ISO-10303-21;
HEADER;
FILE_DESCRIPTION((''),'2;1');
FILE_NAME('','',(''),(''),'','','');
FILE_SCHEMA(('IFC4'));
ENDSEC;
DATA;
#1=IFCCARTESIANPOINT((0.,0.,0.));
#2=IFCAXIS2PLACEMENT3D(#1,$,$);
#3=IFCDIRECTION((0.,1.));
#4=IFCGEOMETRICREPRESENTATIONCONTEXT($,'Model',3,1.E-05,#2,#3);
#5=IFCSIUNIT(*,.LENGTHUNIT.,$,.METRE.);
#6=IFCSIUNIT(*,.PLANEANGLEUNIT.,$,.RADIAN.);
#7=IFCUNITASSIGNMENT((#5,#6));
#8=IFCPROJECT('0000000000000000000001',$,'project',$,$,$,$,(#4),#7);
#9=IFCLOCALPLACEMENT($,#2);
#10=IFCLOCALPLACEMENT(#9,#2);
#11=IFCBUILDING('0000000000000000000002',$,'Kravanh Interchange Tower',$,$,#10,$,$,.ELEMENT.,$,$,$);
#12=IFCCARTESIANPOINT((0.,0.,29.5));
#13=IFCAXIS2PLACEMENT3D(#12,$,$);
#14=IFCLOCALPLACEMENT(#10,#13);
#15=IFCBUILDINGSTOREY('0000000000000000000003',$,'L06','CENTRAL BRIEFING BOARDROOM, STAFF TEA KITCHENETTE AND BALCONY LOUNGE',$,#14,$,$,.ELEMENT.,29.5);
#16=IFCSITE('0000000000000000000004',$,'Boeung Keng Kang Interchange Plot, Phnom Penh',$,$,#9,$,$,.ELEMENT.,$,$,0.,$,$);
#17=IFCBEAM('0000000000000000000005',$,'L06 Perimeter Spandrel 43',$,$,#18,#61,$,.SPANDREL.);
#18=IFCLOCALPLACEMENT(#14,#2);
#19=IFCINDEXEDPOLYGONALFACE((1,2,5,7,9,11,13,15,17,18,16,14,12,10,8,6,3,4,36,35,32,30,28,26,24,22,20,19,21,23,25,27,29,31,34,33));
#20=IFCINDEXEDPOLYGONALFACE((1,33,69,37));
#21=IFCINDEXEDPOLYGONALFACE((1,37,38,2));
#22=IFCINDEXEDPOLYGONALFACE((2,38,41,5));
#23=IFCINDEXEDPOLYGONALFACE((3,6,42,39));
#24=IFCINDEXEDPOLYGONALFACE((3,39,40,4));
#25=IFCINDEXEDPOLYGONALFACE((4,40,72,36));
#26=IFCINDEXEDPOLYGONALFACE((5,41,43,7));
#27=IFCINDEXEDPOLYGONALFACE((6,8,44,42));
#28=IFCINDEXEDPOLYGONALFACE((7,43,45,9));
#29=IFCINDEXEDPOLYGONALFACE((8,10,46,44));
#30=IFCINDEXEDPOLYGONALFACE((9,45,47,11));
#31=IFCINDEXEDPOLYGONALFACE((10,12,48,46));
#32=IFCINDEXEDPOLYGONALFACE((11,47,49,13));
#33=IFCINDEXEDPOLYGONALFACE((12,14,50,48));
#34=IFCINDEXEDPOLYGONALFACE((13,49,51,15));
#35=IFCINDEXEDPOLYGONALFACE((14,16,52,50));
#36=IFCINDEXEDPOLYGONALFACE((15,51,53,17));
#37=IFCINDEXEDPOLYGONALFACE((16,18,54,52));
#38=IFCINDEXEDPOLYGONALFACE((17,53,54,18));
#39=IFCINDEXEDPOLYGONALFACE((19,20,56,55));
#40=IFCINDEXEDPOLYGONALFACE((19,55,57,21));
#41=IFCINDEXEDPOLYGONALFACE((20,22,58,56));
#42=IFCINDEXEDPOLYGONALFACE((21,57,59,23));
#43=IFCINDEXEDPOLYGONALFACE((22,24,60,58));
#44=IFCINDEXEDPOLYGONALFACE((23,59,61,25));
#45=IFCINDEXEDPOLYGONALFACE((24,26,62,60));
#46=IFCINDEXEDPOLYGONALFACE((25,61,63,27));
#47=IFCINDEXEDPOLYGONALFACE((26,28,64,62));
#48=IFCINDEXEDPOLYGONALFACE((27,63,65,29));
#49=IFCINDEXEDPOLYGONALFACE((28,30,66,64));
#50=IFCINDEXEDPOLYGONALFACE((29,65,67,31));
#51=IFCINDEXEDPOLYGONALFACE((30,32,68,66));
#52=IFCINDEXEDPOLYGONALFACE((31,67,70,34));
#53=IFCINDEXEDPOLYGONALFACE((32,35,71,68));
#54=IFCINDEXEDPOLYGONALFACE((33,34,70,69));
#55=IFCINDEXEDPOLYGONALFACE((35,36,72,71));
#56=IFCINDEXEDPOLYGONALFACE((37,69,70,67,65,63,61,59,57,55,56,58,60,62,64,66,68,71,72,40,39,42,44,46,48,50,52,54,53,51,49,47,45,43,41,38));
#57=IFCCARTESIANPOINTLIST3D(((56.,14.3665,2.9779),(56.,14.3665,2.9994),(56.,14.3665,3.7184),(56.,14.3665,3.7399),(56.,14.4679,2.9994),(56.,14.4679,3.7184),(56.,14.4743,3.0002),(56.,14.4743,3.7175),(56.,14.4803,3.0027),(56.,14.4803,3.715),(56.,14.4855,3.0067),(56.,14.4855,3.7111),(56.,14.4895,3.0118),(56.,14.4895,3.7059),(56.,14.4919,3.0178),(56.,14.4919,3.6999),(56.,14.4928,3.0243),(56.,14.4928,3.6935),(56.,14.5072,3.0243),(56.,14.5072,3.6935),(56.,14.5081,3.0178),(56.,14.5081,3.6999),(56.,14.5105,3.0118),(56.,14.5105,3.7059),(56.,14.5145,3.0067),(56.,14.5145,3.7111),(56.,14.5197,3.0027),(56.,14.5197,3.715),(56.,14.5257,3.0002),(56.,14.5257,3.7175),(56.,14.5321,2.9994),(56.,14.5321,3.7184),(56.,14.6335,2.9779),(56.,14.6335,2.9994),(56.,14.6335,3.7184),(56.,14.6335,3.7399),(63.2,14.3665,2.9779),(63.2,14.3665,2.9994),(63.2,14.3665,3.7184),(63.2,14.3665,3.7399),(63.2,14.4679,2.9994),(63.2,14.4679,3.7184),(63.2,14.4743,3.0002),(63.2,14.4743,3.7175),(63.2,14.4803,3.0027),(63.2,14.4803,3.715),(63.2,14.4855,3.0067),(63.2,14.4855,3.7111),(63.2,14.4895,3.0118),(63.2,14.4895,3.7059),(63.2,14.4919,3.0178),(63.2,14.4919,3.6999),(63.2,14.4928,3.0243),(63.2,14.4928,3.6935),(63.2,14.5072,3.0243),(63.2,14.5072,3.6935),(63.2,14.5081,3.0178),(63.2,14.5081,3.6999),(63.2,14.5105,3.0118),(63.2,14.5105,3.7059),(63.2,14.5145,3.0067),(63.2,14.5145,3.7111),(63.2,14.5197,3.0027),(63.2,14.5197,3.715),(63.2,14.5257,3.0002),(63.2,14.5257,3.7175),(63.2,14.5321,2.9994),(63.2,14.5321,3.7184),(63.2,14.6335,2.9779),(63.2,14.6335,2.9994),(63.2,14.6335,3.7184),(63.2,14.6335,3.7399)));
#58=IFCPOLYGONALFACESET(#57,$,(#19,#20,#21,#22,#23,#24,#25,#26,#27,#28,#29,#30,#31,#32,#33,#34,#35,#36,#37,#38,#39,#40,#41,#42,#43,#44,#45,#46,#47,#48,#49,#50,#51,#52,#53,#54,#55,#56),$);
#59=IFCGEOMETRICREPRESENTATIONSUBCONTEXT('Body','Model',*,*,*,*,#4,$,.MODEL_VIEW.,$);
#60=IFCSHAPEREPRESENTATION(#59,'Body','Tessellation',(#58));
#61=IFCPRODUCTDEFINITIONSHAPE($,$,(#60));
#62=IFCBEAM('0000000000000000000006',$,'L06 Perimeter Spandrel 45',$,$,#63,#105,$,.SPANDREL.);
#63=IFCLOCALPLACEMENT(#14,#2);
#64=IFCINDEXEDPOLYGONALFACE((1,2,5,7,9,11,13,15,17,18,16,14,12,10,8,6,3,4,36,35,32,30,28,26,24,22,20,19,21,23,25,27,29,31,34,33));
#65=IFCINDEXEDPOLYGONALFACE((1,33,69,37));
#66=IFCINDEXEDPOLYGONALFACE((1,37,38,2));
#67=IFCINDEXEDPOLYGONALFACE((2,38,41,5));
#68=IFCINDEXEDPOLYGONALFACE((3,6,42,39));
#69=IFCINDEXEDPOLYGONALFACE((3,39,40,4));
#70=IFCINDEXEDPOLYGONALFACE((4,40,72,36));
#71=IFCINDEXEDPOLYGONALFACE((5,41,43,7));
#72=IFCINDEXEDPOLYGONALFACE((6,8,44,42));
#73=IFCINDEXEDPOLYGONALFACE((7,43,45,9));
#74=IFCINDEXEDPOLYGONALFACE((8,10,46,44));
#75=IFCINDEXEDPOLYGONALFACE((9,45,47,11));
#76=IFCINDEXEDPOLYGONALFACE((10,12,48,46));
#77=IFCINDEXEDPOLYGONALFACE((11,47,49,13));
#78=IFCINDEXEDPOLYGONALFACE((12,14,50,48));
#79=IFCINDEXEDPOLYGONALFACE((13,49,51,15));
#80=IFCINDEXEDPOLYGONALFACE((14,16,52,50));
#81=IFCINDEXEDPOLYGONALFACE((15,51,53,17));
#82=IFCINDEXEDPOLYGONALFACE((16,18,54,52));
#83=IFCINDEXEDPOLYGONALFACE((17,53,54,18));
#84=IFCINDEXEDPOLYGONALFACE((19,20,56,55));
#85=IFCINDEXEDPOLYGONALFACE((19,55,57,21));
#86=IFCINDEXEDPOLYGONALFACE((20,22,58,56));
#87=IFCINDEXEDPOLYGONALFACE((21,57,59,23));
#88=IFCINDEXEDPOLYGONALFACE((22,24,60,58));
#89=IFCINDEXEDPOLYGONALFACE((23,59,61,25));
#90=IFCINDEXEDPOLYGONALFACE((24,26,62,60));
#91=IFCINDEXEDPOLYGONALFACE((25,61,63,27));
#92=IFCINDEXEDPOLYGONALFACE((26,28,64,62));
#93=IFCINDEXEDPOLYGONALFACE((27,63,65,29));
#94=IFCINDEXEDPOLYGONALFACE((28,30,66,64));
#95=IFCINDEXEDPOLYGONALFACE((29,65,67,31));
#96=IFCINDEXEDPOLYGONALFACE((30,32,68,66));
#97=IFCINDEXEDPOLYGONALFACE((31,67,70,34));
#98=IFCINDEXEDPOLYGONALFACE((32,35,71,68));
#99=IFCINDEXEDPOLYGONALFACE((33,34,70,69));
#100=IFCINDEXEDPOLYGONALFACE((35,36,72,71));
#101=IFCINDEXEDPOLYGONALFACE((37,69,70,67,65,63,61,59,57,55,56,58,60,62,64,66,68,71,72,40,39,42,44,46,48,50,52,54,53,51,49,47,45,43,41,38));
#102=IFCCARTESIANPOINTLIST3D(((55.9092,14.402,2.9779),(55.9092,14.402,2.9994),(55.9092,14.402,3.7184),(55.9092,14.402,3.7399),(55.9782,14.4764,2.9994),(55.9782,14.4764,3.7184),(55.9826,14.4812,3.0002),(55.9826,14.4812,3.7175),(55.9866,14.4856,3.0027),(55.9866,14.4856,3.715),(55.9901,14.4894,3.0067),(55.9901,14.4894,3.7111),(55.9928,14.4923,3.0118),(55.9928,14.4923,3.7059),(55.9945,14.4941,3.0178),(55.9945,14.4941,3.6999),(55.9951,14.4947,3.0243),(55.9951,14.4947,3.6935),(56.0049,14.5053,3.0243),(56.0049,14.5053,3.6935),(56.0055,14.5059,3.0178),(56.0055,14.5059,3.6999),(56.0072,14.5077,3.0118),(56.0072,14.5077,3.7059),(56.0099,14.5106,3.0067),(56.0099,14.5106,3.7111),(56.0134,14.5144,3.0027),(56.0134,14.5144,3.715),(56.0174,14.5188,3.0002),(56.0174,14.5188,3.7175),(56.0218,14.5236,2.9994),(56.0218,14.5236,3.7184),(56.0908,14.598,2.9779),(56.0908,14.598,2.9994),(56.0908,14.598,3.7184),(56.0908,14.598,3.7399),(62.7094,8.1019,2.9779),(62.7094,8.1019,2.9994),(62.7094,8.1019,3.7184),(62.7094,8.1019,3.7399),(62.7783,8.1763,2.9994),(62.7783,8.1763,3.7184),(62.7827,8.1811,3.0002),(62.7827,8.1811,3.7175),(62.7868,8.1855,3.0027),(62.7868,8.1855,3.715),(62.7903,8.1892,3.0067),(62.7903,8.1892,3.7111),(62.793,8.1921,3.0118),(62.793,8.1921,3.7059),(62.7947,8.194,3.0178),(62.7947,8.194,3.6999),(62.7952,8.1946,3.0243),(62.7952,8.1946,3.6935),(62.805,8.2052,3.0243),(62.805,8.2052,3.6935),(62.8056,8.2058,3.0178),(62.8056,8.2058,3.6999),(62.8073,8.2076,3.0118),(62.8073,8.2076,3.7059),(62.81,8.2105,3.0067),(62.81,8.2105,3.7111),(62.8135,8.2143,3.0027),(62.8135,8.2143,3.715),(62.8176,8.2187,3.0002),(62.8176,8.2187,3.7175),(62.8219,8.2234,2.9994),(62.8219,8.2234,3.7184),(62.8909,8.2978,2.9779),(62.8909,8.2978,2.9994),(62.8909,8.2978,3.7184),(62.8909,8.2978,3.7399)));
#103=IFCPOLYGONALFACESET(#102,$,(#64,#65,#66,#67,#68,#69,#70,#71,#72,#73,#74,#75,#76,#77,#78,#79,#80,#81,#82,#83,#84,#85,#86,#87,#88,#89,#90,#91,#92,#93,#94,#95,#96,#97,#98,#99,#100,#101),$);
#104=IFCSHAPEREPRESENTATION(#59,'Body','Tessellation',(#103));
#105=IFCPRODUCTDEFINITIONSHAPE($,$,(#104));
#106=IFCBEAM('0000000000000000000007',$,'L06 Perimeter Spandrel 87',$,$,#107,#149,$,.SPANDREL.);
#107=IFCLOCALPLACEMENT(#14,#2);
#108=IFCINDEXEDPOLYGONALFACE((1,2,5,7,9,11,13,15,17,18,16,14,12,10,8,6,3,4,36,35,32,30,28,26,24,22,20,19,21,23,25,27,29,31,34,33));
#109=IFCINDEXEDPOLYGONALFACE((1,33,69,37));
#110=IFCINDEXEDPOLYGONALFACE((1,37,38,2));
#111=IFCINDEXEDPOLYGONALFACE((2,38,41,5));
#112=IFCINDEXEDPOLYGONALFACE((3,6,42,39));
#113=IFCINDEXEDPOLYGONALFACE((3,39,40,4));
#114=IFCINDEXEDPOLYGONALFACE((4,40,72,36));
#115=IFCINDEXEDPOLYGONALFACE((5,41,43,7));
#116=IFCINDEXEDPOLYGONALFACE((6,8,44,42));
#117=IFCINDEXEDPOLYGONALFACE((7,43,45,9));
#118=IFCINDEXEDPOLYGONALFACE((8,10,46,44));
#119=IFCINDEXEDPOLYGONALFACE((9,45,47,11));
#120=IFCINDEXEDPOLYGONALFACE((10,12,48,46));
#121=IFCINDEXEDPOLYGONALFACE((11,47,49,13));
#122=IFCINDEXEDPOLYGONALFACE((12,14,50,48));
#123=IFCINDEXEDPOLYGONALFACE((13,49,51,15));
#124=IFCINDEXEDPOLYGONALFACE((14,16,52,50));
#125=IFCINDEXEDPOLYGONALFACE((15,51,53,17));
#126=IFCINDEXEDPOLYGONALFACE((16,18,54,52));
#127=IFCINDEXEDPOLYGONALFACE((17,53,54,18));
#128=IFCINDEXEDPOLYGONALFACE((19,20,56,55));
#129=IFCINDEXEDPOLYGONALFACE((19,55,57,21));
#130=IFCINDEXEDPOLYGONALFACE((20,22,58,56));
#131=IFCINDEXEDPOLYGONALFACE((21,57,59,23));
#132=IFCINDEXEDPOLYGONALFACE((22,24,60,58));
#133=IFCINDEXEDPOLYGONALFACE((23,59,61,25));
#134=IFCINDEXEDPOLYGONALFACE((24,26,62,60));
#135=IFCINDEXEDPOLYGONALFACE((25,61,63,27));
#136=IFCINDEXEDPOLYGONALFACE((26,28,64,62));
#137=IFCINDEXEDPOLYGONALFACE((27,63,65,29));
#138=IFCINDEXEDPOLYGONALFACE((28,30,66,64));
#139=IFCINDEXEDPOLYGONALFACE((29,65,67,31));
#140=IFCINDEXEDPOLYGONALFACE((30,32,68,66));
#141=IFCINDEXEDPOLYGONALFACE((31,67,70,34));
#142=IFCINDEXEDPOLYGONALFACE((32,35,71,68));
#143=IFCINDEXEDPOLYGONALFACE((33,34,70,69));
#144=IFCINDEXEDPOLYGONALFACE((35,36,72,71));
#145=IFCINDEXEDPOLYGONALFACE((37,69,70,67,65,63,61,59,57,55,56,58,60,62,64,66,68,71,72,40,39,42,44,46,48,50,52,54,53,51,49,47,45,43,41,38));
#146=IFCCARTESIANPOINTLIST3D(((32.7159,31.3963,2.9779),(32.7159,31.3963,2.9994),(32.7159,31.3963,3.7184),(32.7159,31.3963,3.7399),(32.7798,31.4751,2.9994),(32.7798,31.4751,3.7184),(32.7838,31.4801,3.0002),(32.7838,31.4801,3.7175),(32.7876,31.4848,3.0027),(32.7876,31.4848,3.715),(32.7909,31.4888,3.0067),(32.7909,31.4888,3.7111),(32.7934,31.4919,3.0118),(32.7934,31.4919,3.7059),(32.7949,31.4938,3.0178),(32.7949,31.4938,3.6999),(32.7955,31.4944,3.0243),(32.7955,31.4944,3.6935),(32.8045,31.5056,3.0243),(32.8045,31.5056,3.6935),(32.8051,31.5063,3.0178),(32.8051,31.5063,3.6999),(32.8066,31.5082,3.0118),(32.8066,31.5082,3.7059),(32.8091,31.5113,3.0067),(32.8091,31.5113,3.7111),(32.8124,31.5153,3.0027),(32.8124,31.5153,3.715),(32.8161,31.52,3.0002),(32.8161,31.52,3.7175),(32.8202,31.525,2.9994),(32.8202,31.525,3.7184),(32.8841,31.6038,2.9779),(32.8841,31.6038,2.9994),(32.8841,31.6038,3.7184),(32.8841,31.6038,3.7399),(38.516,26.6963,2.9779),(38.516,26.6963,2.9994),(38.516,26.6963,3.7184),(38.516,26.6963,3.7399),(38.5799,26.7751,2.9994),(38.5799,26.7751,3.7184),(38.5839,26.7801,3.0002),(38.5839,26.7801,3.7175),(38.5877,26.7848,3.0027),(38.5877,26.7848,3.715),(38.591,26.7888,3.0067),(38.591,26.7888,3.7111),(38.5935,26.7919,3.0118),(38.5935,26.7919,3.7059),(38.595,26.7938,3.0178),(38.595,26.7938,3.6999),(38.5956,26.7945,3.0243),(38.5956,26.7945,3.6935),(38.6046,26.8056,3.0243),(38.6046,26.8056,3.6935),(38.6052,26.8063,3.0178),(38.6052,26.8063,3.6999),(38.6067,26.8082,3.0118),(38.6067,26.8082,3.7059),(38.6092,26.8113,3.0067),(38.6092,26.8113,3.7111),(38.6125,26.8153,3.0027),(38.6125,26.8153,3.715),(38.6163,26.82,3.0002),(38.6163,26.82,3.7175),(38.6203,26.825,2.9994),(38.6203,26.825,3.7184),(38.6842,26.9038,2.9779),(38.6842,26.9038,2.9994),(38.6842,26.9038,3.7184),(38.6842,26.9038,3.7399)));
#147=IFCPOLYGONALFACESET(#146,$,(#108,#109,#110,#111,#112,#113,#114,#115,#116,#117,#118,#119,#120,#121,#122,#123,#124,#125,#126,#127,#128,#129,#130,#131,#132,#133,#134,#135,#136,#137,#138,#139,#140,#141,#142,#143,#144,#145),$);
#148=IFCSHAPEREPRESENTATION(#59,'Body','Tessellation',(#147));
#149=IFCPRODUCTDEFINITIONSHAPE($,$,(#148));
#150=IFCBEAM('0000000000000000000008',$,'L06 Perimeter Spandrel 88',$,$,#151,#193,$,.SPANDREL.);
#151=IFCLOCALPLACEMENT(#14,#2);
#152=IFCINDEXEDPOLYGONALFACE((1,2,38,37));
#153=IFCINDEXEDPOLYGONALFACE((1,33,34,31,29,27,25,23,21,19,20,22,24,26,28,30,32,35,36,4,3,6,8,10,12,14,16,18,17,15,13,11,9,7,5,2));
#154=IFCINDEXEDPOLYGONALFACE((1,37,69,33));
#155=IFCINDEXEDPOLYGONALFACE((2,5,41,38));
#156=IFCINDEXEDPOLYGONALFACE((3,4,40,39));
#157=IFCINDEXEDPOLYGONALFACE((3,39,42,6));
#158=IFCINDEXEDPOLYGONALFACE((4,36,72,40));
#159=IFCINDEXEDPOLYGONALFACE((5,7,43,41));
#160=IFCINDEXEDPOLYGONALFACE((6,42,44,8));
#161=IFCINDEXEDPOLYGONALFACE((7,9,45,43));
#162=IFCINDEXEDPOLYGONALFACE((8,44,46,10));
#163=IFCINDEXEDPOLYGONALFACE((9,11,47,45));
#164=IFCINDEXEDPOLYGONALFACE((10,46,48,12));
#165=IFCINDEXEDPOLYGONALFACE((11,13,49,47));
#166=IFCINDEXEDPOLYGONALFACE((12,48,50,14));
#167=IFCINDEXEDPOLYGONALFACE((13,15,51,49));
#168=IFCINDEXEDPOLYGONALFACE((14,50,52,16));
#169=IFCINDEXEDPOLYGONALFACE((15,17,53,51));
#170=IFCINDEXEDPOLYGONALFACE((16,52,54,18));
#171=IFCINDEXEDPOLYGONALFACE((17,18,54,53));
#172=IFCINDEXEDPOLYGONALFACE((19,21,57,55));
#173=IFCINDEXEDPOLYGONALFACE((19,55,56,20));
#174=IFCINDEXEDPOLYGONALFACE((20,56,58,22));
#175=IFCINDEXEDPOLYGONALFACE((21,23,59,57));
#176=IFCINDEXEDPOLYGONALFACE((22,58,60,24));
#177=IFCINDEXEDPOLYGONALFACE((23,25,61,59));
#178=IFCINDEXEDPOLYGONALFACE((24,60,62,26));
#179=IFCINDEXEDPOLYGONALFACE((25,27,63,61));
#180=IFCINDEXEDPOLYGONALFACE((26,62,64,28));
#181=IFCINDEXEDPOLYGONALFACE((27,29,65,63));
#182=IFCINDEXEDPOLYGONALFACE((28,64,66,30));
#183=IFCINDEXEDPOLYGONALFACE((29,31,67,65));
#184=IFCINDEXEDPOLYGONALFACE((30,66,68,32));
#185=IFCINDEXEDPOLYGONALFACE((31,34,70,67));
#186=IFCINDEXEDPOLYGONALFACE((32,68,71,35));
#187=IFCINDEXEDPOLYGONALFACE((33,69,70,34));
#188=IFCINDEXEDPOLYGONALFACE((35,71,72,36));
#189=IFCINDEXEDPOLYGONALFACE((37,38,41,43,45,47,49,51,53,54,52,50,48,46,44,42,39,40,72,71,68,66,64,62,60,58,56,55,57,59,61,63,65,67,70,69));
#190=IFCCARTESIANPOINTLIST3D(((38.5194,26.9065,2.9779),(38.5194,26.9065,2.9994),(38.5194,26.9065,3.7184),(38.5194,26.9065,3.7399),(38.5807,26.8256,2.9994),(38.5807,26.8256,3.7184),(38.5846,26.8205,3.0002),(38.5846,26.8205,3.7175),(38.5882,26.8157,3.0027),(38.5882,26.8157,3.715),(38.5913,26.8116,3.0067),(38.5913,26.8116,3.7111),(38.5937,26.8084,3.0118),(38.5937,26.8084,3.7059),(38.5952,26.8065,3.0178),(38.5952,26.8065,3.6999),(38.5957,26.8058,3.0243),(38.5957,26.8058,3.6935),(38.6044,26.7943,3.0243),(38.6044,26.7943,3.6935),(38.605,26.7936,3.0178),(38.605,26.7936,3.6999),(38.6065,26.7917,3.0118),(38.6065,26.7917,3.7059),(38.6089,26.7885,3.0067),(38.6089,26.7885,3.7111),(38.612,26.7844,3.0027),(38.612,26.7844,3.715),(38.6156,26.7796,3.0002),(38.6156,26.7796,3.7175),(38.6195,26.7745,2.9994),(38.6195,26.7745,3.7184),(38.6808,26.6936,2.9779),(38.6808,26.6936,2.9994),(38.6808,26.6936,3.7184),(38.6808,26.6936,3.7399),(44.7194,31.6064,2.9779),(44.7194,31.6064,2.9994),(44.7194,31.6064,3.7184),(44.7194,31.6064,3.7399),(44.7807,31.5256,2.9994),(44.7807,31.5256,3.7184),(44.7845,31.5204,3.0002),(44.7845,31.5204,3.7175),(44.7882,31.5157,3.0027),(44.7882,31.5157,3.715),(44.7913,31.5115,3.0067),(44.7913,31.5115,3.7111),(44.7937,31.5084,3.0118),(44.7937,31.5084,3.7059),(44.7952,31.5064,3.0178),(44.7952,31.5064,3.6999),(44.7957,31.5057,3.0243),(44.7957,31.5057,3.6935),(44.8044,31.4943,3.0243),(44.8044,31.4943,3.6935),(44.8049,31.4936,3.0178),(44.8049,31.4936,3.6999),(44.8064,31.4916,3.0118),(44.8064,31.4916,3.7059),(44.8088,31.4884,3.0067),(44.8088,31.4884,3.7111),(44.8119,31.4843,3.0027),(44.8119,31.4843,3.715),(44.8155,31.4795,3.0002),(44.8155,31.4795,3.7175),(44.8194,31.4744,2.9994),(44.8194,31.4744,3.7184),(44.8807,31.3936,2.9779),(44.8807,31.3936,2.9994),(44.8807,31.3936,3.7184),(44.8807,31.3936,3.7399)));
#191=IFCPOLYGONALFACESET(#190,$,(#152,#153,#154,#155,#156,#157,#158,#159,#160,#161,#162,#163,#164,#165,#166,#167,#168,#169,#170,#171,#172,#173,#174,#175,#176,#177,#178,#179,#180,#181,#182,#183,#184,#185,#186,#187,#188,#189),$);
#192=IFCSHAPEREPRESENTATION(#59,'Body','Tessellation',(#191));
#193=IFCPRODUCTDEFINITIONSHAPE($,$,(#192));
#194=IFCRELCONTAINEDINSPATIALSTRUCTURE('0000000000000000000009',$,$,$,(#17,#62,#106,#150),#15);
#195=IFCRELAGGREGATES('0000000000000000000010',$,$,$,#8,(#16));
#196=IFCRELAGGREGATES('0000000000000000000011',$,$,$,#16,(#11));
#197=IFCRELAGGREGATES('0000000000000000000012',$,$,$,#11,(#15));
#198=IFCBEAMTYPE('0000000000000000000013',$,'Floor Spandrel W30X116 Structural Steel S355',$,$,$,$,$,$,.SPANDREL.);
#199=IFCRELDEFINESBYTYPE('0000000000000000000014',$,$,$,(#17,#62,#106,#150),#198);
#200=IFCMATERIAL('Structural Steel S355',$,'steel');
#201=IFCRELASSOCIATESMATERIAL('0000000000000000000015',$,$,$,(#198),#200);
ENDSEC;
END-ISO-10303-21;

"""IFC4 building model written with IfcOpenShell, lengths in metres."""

from ifc_helpers import new_model, si_unit, direction, frame, origin, origin_2d, place, context, subcontext, project, spatial, i_section, extrude, material, material_profile, profile_set, type_object, element, save


model = new_model("IFC4")

# Units and contexts
model_context = context("Model", 3, precision=1e-05, world=origin(), true_north=direction((0.0, 1.0)))
body_context = subcontext(model_context, "Body", "Model", "MODEL_VIEW")
ifc_project = project(units=[si_unit("LENGTHUNIT", "METRE"), si_unit("PLANEANGLEUNIT", "RADIAN")], contexts=[model_context])

# Site, building, storey
site_placement = place(None, origin())
site = spatial("IfcSite", under=ifc_project, at=site_placement, Name="Boeung Keng Kang Interchange Plot, Phnom Penh", CompositionType="ELEMENT", RefElevation=0.0)
building_placement = place(site_placement, origin())
building = spatial("IfcBuilding", under=site, at=building_placement, Name="Kravanh Interchange Tower", CompositionType="ELEMENT")
storey_placement = place(building_placement, frame((0.0, 0.0, 29.5)))
storey = spatial("IfcBuildingStorey", under=building, at=storey_placement, Name="L06", Description="CENTRAL BRIEFING BOARDROOM, STAFF TEA KITCHENETTE AND BALCONY LOUNGE", CompositionType="ELEMENT", Elevation=29.5)

# Beams
ifc_material_1 = material(Name="Structural Steel S355", Category="steel")
ifc_material_profile_1 = material_profile(ifc_material_1, i_section(OverallWidth=0.2671, OverallDepth=0.762, WebThickness=0.0144, FlangeThickness=0.0215, FilletRadius=0.0249, at=origin_2d()), Name="W30X116")
ifc_profile_set_1 = profile_set([ifc_material_profile_1], Name="Structural Steel S355")
beam_type_1 = type_object("IfcBeamType", Name="Floor Spandrel W30X116 Structural Steel S355", PredefinedType="SPANDREL", material=ifc_profile_set_1)
beam_1_placement = place(storey_placement, frame((56.0, 14.5, 3.3589), z_axis=(1.0, 0.0, 0.0), x_axis=(0.0, 1.0, 0.0)))
element("IfcBeam", 1, at=beam_1_placement, inside=storey, type_object=beam_type_1, Name="L06 Perimeter Spandrel 43", PredefinedType="SPANDREL", context=body_context, shape_type="SweptSolid", body=[
    extrude(i_section(OverallWidth=0.2671, OverallDepth=0.762, WebThickness=0.0144, FlangeThickness=0.0215, FilletRadius=0.0249, at=origin_2d()), origin(), (0.0, 0.0, 1.0), 7.2),
])
beam_2_placement = place(storey_placement, frame((56.0, 14.5, 3.3589), z_axis=(0.733561, -0.679623, 0.0), x_axis=(0.679623, 0.733561, 0.0)))
element("IfcBeam", 2, at=beam_2_placement, inside=storey, type_object=beam_type_1, Name="L06 Perimeter Spandrel 45", PredefinedType="SPANDREL", context=body_context, shape_type="SweptSolid", body=[
    extrude(i_section(OverallWidth=0.2671, OverallDepth=0.762, WebThickness=0.0144, FlangeThickness=0.0215, FilletRadius=0.0249, at=origin_2d()), origin(), (0.0, 0.0, 1.0), 9.27),
])
beam_3_placement = place(storey_placement, frame((38.6001, 26.8, 3.3589), z_axis=(-0.776939, 0.629576, 0.0), x_axis=(-0.629576, -0.776939, 0.0)))
element("IfcBeam", 3, at=beam_3_placement, inside=storey, type_object=beam_type_1, Name="L06 Perimeter Spandrel 87", PredefinedType="SPANDREL", context=body_context, shape_type="SweptSolid", body=[
    extrude(i_section(OverallWidth=0.2671, OverallDepth=0.762, WebThickness=0.0144, FlangeThickness=0.0215, FilletRadius=0.0249, at=origin_2d()), origin(), (0.0, 0.0, 1.0), 7.4653),
])
beam_4_placement = place(storey_placement, frame((38.6001, 26.8, 3.3589), z_axis=(0.796905, 0.604104, 0.0), x_axis=(-0.604104, 0.796905, 0.0)))
element("IfcBeam", 4, at=beam_4_placement, inside=storey, type_object=beam_type_1, Name="L06 Perimeter Spandrel 88", PredefinedType="SPANDREL", context=body_context, shape_type="SweptSolid", body=[
    extrude(i_section(OverallWidth=0.2671, OverallDepth=0.762, WebThickness=0.0144, FlangeThickness=0.0215, FilletRadius=0.0249, at=origin_2d()), origin(), (0.0, 0.0, 1.0), 7.78),
])

save(model, "model.ifc")
